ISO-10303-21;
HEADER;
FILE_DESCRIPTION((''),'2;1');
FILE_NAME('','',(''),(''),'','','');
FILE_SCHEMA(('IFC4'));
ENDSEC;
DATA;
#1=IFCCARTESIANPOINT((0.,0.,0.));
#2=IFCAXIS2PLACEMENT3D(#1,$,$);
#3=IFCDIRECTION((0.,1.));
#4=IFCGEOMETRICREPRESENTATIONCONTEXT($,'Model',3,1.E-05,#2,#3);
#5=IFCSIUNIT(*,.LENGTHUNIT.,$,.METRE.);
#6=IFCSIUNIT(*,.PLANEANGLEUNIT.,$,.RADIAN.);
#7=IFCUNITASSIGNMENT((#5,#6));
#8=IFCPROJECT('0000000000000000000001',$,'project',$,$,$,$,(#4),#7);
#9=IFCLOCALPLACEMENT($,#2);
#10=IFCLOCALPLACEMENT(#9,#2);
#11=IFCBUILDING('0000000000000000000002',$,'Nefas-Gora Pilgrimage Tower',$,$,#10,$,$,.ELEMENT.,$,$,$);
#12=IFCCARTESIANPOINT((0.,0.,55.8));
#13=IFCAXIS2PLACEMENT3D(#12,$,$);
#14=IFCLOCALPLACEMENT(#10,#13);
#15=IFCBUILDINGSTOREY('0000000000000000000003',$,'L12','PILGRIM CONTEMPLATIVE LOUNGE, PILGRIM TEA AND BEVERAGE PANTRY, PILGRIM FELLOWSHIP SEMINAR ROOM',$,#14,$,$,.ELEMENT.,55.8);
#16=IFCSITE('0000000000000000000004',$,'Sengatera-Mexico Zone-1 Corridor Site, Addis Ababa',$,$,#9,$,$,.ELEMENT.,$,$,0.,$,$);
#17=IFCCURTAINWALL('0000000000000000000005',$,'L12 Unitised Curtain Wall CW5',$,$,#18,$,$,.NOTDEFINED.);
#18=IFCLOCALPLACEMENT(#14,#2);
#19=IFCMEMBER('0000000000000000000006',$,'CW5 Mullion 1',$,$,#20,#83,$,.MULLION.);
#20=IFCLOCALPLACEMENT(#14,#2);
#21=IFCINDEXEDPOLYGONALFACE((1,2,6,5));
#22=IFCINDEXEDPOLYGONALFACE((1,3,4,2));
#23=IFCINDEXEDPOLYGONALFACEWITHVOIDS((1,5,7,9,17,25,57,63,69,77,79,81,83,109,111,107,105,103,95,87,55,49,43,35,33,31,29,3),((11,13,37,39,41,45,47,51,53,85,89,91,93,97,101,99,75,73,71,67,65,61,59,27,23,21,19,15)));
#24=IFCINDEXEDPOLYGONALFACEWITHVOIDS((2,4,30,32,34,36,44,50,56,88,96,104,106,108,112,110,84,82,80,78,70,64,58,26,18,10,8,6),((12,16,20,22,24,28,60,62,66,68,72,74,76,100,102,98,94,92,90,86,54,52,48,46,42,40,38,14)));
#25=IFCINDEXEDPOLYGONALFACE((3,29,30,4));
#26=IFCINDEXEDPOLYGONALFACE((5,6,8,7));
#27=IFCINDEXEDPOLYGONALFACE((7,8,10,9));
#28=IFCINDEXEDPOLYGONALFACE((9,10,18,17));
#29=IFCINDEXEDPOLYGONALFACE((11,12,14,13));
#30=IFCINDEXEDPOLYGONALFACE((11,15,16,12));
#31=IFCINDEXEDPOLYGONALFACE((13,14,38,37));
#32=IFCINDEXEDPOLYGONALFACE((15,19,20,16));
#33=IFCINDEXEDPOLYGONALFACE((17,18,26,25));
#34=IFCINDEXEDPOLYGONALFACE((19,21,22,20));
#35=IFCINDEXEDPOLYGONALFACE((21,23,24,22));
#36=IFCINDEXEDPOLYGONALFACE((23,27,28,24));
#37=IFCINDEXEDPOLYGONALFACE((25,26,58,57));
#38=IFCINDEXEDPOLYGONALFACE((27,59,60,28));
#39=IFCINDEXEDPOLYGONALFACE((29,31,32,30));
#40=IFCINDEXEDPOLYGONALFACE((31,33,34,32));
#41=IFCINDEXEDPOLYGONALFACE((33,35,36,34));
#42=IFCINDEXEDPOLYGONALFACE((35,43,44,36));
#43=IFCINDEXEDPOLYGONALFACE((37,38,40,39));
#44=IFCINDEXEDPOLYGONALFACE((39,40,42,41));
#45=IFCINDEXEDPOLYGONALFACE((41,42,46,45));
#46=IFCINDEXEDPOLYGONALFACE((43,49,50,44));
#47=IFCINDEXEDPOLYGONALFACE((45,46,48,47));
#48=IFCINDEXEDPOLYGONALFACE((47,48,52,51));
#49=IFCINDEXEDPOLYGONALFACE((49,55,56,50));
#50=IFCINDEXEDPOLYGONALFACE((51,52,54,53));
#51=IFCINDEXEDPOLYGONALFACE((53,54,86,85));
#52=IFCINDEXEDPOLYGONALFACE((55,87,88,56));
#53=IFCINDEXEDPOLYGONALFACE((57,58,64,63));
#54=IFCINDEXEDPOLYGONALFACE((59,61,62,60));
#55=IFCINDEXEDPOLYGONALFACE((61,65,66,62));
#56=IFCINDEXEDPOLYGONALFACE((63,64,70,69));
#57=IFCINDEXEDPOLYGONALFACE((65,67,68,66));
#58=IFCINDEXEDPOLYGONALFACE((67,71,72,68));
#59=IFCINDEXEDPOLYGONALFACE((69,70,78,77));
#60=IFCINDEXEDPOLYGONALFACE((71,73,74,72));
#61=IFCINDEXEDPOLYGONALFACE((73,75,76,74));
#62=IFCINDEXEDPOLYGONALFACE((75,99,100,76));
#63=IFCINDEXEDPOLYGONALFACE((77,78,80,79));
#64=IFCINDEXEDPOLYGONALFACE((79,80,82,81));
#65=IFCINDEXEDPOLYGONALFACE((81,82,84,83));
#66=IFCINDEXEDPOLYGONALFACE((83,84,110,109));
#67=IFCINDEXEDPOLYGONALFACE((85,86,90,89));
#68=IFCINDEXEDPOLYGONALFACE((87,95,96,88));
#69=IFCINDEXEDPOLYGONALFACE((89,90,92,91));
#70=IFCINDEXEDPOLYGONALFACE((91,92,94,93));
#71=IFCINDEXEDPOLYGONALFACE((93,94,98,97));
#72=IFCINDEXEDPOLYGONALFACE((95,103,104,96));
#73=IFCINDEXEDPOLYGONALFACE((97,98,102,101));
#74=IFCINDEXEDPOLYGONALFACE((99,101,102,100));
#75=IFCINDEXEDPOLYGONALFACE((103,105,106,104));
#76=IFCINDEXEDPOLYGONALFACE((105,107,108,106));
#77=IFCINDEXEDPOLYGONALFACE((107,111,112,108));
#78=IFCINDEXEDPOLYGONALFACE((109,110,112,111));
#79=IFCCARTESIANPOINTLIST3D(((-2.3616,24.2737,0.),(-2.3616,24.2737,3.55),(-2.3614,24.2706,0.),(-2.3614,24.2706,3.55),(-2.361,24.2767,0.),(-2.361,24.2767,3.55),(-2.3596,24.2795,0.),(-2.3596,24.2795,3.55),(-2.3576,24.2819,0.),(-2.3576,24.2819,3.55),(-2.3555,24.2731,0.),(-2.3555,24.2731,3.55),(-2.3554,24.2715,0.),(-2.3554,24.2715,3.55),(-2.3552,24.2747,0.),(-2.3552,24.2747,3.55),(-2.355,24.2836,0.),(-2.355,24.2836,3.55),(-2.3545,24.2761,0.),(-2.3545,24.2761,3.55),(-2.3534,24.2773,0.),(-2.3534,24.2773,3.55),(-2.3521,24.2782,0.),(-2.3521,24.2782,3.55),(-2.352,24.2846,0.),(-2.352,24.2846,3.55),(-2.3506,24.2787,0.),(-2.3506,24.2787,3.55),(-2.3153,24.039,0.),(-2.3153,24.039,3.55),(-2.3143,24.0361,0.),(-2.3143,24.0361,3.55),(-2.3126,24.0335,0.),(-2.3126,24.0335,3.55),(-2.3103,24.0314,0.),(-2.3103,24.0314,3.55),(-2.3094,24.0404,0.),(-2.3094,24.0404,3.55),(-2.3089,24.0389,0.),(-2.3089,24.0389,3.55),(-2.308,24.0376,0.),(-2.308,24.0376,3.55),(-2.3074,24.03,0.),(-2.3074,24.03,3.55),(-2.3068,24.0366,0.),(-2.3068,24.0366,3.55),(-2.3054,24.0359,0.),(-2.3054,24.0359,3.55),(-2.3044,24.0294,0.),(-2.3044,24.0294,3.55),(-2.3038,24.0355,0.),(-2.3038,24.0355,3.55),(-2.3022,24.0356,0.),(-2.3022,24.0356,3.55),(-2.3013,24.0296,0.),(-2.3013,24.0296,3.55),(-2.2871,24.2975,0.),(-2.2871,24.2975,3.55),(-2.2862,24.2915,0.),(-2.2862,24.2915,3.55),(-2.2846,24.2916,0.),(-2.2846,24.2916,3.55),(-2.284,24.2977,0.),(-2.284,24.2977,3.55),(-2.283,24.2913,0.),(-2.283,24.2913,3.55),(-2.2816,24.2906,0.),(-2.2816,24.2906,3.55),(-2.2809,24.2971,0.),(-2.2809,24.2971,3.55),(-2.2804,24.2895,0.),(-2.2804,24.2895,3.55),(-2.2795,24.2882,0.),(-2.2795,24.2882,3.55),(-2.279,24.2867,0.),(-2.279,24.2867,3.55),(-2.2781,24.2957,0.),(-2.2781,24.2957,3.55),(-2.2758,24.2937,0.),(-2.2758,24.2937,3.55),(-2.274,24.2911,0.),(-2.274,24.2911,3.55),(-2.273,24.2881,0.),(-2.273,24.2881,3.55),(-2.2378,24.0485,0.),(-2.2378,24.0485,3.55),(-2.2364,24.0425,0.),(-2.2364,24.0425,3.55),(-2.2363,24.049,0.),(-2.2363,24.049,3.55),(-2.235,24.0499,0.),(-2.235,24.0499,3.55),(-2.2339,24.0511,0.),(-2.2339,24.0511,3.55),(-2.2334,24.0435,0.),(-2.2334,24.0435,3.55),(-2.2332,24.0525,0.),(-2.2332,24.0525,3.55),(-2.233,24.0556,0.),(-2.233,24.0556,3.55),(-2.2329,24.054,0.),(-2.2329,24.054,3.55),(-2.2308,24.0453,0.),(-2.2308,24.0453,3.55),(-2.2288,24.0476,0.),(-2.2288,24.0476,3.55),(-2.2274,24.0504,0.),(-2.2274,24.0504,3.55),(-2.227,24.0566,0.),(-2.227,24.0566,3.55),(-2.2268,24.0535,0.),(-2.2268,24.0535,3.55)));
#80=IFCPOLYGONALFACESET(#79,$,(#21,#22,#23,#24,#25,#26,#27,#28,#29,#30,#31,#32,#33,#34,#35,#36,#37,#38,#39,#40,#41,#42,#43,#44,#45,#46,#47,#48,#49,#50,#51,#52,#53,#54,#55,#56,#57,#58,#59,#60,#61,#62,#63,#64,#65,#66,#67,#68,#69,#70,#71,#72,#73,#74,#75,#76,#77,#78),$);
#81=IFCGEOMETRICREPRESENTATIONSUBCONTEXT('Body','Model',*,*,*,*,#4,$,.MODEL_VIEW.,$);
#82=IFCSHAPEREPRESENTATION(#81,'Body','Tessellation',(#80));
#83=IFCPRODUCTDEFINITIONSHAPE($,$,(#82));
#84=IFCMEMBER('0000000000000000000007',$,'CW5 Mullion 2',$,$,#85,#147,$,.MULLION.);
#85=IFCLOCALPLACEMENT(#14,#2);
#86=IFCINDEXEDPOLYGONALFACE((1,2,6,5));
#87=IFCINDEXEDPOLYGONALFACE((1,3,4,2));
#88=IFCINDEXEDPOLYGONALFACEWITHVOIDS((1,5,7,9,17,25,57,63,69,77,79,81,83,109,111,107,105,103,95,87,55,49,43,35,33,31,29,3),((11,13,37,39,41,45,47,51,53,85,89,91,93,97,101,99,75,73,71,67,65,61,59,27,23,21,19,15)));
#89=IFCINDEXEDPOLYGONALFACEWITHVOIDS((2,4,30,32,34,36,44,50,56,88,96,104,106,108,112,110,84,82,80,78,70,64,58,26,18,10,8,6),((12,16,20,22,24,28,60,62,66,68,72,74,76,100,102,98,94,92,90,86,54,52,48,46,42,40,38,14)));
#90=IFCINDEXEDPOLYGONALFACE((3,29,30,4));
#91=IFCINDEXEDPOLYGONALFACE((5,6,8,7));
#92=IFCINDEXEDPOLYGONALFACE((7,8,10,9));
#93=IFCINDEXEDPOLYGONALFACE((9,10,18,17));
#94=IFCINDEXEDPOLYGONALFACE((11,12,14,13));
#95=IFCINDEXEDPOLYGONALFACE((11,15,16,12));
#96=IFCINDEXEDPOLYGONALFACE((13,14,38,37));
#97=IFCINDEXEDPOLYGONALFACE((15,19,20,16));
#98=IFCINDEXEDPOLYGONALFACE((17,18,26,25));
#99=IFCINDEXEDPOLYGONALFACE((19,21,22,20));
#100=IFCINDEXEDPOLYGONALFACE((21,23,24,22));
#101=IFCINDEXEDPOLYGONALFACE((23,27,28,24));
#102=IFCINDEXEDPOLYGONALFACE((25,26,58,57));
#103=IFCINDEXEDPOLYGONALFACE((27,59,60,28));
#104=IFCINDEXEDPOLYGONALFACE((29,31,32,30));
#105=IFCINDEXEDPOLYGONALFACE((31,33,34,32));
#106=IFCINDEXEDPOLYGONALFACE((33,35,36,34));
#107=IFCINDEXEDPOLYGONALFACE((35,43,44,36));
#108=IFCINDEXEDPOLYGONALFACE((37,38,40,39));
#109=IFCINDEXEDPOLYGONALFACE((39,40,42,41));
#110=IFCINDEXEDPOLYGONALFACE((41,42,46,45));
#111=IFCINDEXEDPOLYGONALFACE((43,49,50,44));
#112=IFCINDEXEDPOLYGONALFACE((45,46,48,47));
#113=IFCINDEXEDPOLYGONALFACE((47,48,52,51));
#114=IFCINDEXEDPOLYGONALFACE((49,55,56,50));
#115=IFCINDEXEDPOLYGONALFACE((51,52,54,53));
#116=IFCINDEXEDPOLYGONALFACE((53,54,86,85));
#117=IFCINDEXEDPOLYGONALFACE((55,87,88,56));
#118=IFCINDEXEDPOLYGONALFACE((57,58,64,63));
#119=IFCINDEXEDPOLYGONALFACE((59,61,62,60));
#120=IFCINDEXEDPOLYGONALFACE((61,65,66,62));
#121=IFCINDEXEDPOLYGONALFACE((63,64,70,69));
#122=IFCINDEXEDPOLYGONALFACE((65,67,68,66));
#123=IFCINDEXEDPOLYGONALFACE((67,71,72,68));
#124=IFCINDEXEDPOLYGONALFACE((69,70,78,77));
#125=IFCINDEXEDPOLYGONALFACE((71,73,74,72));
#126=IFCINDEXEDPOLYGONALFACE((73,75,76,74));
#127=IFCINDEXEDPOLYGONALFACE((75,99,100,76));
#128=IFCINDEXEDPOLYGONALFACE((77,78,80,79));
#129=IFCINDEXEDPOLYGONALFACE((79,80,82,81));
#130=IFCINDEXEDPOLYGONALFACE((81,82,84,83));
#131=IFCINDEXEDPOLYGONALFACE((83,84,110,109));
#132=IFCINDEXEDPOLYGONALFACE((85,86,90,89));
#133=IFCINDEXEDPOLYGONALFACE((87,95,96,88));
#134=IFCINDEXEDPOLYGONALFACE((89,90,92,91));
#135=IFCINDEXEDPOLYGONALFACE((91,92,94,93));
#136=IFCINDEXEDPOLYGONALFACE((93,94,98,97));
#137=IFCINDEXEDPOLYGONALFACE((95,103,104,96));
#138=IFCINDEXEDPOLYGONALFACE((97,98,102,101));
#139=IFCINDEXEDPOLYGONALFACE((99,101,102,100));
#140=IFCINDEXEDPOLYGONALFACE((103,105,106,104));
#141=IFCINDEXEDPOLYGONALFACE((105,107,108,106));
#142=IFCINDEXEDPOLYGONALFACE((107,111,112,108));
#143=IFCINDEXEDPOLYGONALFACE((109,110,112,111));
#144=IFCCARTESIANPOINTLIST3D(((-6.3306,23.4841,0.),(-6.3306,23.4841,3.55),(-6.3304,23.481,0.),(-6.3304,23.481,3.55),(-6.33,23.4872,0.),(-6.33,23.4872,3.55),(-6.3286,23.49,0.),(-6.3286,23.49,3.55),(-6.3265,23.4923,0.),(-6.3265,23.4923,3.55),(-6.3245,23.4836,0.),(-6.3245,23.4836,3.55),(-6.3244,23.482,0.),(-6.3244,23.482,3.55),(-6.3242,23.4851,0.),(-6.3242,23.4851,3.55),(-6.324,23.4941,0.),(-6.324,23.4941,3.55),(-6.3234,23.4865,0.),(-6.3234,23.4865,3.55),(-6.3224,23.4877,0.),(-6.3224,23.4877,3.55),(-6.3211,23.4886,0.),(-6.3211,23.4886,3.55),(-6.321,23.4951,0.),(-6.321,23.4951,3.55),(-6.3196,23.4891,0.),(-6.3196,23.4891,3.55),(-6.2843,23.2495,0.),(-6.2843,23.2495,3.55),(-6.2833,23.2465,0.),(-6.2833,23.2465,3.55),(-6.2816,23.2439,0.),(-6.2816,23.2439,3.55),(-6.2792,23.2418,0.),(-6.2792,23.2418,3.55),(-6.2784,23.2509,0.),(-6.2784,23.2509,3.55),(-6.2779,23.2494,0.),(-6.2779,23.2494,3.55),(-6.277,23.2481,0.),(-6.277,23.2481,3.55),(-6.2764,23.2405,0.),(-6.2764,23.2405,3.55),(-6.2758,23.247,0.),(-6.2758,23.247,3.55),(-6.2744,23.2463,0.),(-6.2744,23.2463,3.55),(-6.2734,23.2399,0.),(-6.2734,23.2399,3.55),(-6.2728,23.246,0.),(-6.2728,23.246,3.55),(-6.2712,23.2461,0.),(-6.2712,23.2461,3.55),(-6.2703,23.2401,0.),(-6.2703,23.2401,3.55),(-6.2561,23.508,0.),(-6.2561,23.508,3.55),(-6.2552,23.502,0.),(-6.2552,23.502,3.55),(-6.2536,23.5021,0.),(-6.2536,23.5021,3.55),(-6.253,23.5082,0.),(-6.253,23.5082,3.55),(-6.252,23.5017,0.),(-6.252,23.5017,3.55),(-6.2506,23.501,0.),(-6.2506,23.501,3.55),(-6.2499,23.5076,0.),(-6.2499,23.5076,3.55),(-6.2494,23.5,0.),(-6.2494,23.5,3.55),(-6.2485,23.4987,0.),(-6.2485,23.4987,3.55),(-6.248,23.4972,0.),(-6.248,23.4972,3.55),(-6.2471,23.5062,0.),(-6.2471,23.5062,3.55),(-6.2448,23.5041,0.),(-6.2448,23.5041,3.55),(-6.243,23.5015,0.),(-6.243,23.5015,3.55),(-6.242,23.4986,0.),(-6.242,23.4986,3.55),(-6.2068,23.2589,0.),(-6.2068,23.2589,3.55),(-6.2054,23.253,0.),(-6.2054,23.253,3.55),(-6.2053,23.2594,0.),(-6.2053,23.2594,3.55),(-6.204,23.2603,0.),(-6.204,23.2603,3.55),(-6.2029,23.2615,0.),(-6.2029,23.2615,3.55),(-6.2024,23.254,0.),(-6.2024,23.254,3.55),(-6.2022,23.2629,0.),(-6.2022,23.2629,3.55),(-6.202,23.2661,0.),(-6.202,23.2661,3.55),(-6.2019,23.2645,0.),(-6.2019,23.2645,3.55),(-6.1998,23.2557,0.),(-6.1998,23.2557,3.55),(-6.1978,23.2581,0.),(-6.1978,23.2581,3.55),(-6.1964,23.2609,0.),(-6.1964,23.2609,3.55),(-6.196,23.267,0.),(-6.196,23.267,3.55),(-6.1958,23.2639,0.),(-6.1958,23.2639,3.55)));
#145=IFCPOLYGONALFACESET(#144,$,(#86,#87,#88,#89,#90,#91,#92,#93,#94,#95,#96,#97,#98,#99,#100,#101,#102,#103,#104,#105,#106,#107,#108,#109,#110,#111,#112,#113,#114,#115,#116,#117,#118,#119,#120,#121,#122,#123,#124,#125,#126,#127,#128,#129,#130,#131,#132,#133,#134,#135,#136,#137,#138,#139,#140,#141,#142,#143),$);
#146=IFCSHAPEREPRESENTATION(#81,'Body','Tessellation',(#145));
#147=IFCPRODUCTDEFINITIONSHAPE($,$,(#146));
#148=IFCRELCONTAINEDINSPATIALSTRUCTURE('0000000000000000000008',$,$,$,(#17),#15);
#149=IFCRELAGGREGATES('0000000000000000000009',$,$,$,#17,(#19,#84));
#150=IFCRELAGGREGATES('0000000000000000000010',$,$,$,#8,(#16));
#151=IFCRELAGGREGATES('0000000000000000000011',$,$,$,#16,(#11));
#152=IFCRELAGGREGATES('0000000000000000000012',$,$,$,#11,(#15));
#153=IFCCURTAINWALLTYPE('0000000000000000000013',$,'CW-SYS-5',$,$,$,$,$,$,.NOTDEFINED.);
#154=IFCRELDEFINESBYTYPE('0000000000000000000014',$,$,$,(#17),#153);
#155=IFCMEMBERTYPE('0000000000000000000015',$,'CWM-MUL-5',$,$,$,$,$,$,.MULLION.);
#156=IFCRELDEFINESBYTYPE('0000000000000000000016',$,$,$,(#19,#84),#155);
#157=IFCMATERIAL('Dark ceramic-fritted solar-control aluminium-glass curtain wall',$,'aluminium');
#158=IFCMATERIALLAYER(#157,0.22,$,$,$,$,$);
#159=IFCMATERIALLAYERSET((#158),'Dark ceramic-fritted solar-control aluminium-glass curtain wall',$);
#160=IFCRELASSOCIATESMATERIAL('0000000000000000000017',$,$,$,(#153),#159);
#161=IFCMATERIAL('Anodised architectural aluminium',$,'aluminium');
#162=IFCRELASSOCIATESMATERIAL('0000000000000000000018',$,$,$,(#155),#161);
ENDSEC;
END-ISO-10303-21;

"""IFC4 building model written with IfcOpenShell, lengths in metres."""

from ifc_helpers import new_model, si_unit, direction, frame, origin, origin_2d, place, context, subcontext, project, spatial, hollow_rectangle, extrude, source, transform, mapped, material, layer, layer_set, material_profile, profile_set, type_object, element, aggregate, save


model = new_model("IFC4")

# Units and contexts
model_context = context("Model", 3, precision=1e-05, world=origin(), true_north=direction((0.0, 1.0)))
body_context = subcontext(model_context, "Body", "Model", "MODEL_VIEW")
ifc_project = project(units=[si_unit("LENGTHUNIT", "METRE"), si_unit("PLANEANGLEUNIT", "RADIAN")], contexts=[model_context])

# Site, building, storey
site_placement = place(None, origin())
site = spatial("IfcSite", under=ifc_project, at=site_placement, Name="Sengatera-Mexico Zone-1 Corridor Site, Addis Ababa", CompositionType="ELEMENT", RefElevation=0.0)
building_placement = place(site_placement, origin())
building = spatial("IfcBuilding", under=site, at=building_placement, Name="Nefas-Gora Pilgrimage Tower", CompositionType="ELEMENT")
storey_placement = place(building_placement, frame((0.0, 0.0, 55.8)))
storey = spatial("IfcBuildingStorey", under=building, at=storey_placement, Name="L12", Description="PILGRIM CONTEMPLATIVE LOUNGE, PILGRIM TEA AND BEVERAGE PANTRY, PILGRIM FELLOWSHIP SEMINAR ROOM", CompositionType="ELEMENT", Elevation=55.8)

# Curtain wall, members
ifc_material_1 = material(Name="Dark ceramic-fritted solar-control aluminium-glass curtain wall", Category="aluminium")
ifc_layer_1 = layer(ifc_material_1, 0.22)
ifc_layer_set_1 = layer_set([ifc_layer_1], Name="Dark ceramic-fritted solar-control aluminium-glass curtain wall")
curtain_wall_type = type_object("IfcCurtainWallType", Name="CW-SYS-5", PredefinedType="NOTDEFINED", material=ifc_layer_set_1)
curtain_wall_1_placement = place(storey_placement, origin())
curtain_wall_1 = element("IfcCurtainWall", 1, at=curtain_wall_1_placement, inside=storey, type_object=curtain_wall_type, Name="L12 Unitised Curtain Wall CW5", PredefinedType="NOTDEFINED")
ifc_material_2 = material(Name="Anodised architectural aluminium", Category="aluminium")
ifc_material_profile_1 = material_profile(ifc_material_2, hollow_rectangle(XDim=0.0901, YDim=0.26, WallThickness=0.0061, InnerFilletRadius=0.0061, OuterFilletRadius=0.012, at=origin_2d()), Name="ALU MULLION 90x260")
ifc_profile_set_1 = profile_set([ifc_material_profile_1], Name="Anodised architectural aluminium")
member_type_1 = type_object("IfcMemberType", Name="CWM-MUL-5", PredefinedType="MULLION", material=ifc_profile_set_1)
shared_shape_1 = source(origin(), body_context, "Body", "SweptSolid", [
    extrude(hollow_rectangle(XDim=0.0901, YDim=0.26, WallThickness=0.0061, InnerFilletRadius=0.0061, OuterFilletRadius=0.012, at=origin_2d()), origin(), (0.0, 0.0, 1.0), 3.55),
])
member_1_placement = place(storey_placement, frame((-2.2942, 24.1636, 0.0), z_axis=(0.0, 0.0, 1.0), x_axis=(-0.980783, -0.195102, 0.0)))
member_1 = element("IfcMember", 2, at=member_1_placement, type_object=member_type_1, Name="CW5 Mullion 1", PredefinedType="MULLION", context=body_context, shape_type="MappedRepresentation", body=[
    mapped(shared_shape_1, transform((0.0, 0.0, 0.0), x_axis=(1.0, 0.0, 0.0), y_axis=(0.0, 1.0, 0.0), z_axis=(0.0, 0.0, 1.0), scale=1.0)),
])
member_2_placement = place(storey_placement, frame((-6.2632, 23.374, 0.0), z_axis=(0.0, 0.0, 1.0), x_axis=(-0.980783, -0.195102, 0.0)))
member_2 = element("IfcMember", 3, at=member_2_placement, type_object=member_type_1, Name="CW5 Mullion 2", PredefinedType="MULLION", context=body_context, shape_type="MappedRepresentation", body=[
    mapped(shared_shape_1, transform((0.0, 0.0, 0.0), x_axis=(1.0, 0.0, 0.0), y_axis=(0.0, 1.0, 0.0), z_axis=(0.0, 0.0, 1.0), scale=1.0)),
])

aggregate(curtain_wall_1, [member_1, member_2])

save(model, "model.ifc")
